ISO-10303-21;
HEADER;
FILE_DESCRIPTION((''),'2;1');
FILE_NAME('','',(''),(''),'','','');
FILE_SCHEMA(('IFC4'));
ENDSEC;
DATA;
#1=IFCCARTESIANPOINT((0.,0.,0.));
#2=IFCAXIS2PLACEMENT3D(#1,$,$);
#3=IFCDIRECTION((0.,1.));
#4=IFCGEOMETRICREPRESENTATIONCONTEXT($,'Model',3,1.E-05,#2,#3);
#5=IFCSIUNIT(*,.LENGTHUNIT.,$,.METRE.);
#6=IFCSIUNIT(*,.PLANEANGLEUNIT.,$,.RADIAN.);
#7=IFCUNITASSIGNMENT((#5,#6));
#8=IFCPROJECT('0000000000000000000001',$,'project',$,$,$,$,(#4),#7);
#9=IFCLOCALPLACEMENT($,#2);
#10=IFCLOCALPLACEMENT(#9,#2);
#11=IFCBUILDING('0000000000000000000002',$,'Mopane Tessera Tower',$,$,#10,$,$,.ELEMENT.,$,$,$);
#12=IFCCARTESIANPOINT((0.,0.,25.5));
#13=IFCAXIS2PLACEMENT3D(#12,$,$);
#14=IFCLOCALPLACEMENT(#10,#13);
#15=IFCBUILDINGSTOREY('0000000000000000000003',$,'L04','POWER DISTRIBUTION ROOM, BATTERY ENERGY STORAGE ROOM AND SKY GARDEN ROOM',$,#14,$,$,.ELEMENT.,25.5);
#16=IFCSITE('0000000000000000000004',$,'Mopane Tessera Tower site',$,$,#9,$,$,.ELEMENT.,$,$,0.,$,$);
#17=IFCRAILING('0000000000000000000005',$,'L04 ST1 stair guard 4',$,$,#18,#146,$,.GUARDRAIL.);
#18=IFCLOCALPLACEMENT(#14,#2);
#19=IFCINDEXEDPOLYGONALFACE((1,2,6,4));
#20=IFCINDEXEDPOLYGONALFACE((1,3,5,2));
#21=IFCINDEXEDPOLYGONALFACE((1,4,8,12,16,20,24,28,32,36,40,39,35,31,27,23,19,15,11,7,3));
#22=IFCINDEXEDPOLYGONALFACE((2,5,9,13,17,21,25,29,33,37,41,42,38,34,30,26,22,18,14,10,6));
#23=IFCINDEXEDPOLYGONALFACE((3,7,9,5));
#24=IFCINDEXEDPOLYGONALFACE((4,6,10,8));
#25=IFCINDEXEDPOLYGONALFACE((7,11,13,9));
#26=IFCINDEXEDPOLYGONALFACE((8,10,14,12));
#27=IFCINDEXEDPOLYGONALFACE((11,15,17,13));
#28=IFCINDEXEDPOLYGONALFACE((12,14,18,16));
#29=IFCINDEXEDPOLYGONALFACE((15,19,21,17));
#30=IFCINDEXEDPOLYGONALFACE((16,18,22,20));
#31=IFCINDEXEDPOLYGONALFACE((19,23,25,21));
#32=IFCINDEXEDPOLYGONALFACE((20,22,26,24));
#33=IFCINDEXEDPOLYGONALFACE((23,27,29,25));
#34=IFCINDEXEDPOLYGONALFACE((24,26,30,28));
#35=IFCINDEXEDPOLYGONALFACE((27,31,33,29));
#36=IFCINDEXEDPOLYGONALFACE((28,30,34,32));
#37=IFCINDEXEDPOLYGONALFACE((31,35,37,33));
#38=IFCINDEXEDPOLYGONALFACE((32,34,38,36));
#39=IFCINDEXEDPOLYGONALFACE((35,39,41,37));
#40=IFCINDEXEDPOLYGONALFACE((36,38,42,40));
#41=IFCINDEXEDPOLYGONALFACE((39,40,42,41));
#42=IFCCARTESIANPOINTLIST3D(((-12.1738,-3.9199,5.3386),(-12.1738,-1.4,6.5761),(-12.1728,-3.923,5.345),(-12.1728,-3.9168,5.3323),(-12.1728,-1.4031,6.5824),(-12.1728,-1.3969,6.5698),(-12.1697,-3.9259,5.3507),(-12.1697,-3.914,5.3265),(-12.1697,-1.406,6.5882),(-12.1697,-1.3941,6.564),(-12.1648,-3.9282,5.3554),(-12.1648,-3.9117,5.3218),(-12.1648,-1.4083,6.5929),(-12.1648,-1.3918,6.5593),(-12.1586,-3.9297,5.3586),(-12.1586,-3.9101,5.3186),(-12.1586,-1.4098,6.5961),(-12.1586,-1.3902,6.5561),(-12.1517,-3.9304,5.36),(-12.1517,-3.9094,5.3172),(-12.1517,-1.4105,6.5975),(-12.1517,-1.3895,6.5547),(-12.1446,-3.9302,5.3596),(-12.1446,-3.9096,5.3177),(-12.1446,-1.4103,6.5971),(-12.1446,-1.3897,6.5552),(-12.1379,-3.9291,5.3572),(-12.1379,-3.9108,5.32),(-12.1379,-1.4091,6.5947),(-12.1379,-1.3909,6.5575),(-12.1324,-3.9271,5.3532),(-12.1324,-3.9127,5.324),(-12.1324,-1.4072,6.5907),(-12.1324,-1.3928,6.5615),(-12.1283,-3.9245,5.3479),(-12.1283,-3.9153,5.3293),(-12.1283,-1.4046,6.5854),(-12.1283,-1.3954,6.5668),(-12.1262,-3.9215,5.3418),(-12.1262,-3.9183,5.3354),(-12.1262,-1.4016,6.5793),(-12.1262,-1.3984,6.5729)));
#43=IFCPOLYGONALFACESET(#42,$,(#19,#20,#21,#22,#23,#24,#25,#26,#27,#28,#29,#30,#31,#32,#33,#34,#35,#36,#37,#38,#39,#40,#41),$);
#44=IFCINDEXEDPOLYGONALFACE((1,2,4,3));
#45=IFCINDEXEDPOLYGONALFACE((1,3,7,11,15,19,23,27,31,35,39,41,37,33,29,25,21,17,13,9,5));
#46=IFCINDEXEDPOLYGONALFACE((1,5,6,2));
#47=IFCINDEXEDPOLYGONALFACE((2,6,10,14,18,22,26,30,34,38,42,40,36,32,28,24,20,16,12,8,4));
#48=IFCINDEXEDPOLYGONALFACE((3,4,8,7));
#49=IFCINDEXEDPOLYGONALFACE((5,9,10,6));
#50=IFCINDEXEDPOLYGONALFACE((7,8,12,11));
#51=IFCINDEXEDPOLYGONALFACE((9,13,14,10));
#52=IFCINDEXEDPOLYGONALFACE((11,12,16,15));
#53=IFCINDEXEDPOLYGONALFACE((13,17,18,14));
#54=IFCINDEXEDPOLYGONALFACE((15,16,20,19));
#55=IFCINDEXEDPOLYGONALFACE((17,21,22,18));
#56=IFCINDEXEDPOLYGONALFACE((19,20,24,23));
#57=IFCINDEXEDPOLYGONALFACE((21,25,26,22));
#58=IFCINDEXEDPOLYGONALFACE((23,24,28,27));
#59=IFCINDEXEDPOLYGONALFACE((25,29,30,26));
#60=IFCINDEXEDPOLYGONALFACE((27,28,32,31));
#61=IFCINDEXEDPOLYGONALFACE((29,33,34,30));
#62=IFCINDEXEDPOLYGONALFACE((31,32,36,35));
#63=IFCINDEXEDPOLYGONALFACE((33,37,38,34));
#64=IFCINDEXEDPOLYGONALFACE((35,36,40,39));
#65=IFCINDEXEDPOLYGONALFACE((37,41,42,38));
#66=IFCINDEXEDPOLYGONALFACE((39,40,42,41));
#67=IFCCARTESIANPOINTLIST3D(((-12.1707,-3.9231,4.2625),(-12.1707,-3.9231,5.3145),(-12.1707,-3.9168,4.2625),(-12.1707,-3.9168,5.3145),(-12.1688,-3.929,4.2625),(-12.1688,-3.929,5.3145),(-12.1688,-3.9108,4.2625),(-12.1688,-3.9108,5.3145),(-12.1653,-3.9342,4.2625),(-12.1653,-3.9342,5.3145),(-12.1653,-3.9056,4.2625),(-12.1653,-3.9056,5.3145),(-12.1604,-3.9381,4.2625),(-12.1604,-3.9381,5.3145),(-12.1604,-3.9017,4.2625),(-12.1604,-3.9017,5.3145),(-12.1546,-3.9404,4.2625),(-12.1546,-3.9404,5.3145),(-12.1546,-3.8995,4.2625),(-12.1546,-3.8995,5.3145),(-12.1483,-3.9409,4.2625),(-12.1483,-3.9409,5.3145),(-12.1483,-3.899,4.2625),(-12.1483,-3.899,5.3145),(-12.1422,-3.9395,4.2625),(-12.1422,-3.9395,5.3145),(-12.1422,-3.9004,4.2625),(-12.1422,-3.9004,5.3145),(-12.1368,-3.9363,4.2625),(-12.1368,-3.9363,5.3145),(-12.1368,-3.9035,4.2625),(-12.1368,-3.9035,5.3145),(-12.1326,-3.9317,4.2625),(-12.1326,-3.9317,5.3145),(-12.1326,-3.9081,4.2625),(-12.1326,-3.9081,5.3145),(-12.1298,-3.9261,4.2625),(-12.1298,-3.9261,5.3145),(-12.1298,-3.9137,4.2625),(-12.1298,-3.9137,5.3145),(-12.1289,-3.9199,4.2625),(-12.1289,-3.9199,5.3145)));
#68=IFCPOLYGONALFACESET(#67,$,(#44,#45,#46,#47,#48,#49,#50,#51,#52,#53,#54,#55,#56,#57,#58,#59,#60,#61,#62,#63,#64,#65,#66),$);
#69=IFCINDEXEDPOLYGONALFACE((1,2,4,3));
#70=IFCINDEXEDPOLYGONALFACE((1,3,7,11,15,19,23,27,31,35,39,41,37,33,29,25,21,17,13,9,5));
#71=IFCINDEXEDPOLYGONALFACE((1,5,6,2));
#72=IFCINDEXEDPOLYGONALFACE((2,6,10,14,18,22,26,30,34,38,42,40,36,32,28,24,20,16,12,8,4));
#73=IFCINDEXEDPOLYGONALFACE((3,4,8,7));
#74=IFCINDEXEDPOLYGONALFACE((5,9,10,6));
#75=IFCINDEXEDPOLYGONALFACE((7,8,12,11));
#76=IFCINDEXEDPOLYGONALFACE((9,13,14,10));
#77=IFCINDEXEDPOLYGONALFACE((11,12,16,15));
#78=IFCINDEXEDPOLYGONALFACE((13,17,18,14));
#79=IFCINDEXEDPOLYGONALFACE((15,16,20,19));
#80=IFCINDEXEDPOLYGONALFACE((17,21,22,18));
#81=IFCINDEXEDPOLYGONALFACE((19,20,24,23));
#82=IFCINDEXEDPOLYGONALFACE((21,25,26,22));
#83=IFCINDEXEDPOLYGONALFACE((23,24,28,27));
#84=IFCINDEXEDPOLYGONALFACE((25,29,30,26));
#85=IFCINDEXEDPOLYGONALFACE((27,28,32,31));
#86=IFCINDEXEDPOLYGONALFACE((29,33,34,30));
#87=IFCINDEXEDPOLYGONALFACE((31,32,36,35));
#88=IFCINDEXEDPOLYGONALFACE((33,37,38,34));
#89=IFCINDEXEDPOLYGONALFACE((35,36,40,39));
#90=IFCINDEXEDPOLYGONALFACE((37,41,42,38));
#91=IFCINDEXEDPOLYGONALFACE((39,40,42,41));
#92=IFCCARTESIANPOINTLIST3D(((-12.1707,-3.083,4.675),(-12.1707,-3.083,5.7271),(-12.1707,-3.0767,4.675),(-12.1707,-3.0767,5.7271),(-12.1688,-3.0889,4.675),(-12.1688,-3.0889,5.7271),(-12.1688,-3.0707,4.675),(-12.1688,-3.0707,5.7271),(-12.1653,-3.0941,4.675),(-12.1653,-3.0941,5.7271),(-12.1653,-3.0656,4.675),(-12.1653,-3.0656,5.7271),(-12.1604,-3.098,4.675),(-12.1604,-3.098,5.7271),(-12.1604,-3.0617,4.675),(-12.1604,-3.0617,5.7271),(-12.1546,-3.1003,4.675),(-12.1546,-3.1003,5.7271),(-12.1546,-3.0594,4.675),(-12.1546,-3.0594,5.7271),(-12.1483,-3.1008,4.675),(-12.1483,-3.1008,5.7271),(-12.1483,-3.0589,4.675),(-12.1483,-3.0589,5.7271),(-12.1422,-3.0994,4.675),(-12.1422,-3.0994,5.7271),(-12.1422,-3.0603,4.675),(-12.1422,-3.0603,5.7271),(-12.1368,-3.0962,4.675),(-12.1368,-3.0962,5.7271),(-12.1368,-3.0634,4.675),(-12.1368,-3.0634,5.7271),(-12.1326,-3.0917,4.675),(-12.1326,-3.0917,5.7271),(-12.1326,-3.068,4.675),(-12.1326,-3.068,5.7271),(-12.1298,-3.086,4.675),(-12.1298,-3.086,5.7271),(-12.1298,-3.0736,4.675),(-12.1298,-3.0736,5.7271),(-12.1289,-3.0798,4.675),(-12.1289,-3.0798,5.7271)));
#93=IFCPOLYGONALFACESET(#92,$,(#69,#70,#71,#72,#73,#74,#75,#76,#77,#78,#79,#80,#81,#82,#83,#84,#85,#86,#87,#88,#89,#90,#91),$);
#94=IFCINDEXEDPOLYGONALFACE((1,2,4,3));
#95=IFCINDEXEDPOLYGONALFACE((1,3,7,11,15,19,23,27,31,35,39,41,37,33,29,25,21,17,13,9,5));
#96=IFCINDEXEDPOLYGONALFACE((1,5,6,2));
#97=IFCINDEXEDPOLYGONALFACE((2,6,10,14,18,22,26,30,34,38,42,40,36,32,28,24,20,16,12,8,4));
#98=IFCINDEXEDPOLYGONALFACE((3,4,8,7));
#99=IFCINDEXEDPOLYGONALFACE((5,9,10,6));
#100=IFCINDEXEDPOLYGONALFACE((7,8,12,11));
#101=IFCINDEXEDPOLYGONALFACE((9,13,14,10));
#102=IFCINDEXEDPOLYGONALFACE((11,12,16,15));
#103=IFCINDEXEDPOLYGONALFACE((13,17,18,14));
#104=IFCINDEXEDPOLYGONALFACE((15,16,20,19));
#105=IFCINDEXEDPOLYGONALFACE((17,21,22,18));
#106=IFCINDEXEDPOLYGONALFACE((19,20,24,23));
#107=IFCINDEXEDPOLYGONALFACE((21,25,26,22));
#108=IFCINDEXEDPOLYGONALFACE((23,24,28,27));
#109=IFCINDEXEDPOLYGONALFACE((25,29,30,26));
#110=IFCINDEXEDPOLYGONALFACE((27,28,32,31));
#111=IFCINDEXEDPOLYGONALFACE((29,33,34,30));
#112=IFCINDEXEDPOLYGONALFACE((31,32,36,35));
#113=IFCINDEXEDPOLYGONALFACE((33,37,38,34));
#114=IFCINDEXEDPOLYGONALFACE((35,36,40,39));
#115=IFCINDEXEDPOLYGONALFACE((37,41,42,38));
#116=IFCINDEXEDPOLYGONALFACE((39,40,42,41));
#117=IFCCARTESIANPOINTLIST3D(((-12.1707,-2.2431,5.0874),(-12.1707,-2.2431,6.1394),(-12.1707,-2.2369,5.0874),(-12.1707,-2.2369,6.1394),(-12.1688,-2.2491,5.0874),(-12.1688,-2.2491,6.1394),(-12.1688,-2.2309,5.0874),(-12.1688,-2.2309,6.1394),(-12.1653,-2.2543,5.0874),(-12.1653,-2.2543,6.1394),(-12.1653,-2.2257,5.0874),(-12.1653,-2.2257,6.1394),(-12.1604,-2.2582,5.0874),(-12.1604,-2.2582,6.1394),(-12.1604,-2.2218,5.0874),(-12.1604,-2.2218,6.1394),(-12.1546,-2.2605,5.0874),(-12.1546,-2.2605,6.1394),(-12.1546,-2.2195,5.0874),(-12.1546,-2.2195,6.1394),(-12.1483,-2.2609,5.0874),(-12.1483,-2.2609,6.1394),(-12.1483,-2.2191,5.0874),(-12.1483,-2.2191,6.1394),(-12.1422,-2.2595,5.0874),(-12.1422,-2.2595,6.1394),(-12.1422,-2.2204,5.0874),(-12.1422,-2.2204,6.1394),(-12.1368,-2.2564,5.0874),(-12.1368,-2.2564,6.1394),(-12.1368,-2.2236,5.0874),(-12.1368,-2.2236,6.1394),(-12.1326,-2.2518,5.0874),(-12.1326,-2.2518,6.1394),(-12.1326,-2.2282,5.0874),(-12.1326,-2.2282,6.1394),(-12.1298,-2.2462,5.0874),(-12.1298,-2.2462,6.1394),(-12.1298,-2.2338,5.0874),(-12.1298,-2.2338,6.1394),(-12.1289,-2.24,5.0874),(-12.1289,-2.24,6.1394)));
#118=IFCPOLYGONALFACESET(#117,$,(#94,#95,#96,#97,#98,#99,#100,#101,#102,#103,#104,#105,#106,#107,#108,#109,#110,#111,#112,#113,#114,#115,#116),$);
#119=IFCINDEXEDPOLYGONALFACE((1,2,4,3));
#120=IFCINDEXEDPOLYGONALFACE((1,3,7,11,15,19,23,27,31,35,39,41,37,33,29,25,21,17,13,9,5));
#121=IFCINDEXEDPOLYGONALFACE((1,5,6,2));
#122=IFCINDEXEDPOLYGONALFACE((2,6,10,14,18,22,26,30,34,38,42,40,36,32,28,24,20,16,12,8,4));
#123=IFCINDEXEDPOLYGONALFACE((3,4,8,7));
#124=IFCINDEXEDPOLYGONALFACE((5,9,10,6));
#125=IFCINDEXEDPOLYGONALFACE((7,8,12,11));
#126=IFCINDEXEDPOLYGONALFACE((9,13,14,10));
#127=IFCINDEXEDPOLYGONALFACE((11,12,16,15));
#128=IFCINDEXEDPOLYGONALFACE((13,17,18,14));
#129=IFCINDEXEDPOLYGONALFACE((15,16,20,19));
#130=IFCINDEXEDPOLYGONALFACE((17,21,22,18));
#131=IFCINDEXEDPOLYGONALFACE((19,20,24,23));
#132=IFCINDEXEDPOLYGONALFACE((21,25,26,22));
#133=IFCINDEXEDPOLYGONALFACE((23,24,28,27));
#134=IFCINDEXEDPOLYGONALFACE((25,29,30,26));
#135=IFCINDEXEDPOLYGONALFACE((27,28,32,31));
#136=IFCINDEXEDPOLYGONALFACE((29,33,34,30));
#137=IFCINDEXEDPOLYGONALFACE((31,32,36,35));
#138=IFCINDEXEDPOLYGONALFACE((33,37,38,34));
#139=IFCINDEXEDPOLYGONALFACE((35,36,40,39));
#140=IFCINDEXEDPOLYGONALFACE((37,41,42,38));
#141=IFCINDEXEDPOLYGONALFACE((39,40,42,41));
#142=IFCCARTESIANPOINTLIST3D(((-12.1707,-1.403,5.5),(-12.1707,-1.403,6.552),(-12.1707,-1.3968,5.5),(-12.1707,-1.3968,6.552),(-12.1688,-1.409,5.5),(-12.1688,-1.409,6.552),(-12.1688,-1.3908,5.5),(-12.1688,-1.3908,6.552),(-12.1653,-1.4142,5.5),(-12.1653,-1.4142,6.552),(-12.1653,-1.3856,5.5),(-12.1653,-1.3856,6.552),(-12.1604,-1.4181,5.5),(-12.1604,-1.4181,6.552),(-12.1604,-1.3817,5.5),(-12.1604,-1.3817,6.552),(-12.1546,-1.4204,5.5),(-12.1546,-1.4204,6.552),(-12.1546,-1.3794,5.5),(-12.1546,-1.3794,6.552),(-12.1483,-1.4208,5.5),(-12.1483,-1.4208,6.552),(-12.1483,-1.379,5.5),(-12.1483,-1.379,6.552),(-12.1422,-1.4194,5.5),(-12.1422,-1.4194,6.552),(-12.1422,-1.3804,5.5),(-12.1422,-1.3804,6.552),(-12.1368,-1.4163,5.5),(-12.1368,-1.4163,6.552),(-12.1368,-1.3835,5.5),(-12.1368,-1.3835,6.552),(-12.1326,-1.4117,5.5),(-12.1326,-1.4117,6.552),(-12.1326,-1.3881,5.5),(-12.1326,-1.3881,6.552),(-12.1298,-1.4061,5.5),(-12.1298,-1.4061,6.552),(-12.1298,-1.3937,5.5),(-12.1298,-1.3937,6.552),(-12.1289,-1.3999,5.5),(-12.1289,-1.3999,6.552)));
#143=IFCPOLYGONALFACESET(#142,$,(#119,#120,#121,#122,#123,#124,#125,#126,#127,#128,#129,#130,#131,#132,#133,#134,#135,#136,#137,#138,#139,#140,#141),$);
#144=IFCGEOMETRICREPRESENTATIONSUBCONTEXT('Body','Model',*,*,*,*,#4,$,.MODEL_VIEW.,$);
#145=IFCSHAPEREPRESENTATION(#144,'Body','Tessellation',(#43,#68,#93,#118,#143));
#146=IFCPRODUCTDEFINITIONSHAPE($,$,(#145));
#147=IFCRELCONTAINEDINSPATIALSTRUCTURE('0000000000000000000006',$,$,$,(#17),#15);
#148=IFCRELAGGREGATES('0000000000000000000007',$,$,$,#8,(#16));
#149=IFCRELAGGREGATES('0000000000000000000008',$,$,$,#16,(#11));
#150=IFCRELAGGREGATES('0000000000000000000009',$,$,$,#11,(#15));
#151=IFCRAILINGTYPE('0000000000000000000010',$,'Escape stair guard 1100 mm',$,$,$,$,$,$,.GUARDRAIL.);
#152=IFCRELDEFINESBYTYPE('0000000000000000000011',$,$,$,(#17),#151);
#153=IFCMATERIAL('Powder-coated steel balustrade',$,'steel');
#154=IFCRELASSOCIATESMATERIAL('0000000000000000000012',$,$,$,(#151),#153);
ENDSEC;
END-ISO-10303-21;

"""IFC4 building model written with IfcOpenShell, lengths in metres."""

from ifc_helpers import new_model, si_unit, direction, frame, origin, origin_2d, place, context, subcontext, project, spatial, circle, extrude, material, type_object, element, save


model = new_model("IFC4")

# Units and contexts
model_context = context("Model", 3, precision=1e-05, world=origin(), true_north=direction((0.0, 1.0)))
body_context = subcontext(model_context, "Body", "Model", "MODEL_VIEW")
ifc_project = project(units=[si_unit("LENGTHUNIT", "METRE"), si_unit("PLANEANGLEUNIT", "RADIAN")], contexts=[model_context])

# Site, building, storey
site_placement = place(None, origin())
site = spatial("IfcSite", under=ifc_project, at=site_placement, Name="Mopane Tessera Tower site", CompositionType="ELEMENT", RefElevation=0.0)
building_placement = place(site_placement, origin())
building = spatial("IfcBuilding", under=site, at=building_placement, Name="Mopane Tessera Tower", CompositionType="ELEMENT")
storey_placement = place(building_placement, frame((0.0, 0.0, 25.5)))
storey = spatial("IfcBuildingStorey", under=building, at=storey_placement, Name="L04", Description="POWER DISTRIBUTION ROOM, BATTERY ENERGY STORAGE ROOM AND SKY GARDEN ROOM", CompositionType="ELEMENT", Elevation=25.5)

# Railing
ifc_material_1 = material(Name="Powder-coated steel balustrade", Category="steel")
railing_type_1 = type_object("IfcRailingType", Name="Escape stair guard 1100 mm", PredefinedType="GUARDRAIL", material=ifc_material_1)
railing_1_placement = place(storey_placement, frame((-12.1499, -3.9199, 4.2625)))
element("IfcRailing", 1, at=railing_1_placement, inside=storey, type_object=railing_type_1, Name="L04 ST1 stair guard 4", PredefinedType="GUARDRAIL", context=body_context, shape_type="SweptSolid", body=[
    extrude(circle(Radius=0.0239, at=origin_2d()), frame((0.0, 0.0, 1.0762), z_axis=(0.0, 0.897604, 0.440802), x_axis=(-1.0, 0.0, 0.0)), (0.0, 0.0, 1.0), 2.8074),
    extrude(circle(Radius=0.021, at=origin_2d()), origin(), (0.0, 0.0, 1.0), 1.052),
    extrude(circle(Radius=0.021, at=origin_2d()), frame((0.0, 0.8401, 0.4126)), (0.0, 0.0, 1.0), 1.052),
    extrude(circle(Radius=0.021, at=origin_2d()), frame((0.0, 1.6799, 0.825)), (0.0, 0.0, 1.0), 1.052),
    extrude(circle(Radius=0.021, at=origin_2d()), frame((0.0, 2.52, 1.2375)), (0.0, 0.0, 1.0), 1.052),
])

save(model, "model.ifc")
